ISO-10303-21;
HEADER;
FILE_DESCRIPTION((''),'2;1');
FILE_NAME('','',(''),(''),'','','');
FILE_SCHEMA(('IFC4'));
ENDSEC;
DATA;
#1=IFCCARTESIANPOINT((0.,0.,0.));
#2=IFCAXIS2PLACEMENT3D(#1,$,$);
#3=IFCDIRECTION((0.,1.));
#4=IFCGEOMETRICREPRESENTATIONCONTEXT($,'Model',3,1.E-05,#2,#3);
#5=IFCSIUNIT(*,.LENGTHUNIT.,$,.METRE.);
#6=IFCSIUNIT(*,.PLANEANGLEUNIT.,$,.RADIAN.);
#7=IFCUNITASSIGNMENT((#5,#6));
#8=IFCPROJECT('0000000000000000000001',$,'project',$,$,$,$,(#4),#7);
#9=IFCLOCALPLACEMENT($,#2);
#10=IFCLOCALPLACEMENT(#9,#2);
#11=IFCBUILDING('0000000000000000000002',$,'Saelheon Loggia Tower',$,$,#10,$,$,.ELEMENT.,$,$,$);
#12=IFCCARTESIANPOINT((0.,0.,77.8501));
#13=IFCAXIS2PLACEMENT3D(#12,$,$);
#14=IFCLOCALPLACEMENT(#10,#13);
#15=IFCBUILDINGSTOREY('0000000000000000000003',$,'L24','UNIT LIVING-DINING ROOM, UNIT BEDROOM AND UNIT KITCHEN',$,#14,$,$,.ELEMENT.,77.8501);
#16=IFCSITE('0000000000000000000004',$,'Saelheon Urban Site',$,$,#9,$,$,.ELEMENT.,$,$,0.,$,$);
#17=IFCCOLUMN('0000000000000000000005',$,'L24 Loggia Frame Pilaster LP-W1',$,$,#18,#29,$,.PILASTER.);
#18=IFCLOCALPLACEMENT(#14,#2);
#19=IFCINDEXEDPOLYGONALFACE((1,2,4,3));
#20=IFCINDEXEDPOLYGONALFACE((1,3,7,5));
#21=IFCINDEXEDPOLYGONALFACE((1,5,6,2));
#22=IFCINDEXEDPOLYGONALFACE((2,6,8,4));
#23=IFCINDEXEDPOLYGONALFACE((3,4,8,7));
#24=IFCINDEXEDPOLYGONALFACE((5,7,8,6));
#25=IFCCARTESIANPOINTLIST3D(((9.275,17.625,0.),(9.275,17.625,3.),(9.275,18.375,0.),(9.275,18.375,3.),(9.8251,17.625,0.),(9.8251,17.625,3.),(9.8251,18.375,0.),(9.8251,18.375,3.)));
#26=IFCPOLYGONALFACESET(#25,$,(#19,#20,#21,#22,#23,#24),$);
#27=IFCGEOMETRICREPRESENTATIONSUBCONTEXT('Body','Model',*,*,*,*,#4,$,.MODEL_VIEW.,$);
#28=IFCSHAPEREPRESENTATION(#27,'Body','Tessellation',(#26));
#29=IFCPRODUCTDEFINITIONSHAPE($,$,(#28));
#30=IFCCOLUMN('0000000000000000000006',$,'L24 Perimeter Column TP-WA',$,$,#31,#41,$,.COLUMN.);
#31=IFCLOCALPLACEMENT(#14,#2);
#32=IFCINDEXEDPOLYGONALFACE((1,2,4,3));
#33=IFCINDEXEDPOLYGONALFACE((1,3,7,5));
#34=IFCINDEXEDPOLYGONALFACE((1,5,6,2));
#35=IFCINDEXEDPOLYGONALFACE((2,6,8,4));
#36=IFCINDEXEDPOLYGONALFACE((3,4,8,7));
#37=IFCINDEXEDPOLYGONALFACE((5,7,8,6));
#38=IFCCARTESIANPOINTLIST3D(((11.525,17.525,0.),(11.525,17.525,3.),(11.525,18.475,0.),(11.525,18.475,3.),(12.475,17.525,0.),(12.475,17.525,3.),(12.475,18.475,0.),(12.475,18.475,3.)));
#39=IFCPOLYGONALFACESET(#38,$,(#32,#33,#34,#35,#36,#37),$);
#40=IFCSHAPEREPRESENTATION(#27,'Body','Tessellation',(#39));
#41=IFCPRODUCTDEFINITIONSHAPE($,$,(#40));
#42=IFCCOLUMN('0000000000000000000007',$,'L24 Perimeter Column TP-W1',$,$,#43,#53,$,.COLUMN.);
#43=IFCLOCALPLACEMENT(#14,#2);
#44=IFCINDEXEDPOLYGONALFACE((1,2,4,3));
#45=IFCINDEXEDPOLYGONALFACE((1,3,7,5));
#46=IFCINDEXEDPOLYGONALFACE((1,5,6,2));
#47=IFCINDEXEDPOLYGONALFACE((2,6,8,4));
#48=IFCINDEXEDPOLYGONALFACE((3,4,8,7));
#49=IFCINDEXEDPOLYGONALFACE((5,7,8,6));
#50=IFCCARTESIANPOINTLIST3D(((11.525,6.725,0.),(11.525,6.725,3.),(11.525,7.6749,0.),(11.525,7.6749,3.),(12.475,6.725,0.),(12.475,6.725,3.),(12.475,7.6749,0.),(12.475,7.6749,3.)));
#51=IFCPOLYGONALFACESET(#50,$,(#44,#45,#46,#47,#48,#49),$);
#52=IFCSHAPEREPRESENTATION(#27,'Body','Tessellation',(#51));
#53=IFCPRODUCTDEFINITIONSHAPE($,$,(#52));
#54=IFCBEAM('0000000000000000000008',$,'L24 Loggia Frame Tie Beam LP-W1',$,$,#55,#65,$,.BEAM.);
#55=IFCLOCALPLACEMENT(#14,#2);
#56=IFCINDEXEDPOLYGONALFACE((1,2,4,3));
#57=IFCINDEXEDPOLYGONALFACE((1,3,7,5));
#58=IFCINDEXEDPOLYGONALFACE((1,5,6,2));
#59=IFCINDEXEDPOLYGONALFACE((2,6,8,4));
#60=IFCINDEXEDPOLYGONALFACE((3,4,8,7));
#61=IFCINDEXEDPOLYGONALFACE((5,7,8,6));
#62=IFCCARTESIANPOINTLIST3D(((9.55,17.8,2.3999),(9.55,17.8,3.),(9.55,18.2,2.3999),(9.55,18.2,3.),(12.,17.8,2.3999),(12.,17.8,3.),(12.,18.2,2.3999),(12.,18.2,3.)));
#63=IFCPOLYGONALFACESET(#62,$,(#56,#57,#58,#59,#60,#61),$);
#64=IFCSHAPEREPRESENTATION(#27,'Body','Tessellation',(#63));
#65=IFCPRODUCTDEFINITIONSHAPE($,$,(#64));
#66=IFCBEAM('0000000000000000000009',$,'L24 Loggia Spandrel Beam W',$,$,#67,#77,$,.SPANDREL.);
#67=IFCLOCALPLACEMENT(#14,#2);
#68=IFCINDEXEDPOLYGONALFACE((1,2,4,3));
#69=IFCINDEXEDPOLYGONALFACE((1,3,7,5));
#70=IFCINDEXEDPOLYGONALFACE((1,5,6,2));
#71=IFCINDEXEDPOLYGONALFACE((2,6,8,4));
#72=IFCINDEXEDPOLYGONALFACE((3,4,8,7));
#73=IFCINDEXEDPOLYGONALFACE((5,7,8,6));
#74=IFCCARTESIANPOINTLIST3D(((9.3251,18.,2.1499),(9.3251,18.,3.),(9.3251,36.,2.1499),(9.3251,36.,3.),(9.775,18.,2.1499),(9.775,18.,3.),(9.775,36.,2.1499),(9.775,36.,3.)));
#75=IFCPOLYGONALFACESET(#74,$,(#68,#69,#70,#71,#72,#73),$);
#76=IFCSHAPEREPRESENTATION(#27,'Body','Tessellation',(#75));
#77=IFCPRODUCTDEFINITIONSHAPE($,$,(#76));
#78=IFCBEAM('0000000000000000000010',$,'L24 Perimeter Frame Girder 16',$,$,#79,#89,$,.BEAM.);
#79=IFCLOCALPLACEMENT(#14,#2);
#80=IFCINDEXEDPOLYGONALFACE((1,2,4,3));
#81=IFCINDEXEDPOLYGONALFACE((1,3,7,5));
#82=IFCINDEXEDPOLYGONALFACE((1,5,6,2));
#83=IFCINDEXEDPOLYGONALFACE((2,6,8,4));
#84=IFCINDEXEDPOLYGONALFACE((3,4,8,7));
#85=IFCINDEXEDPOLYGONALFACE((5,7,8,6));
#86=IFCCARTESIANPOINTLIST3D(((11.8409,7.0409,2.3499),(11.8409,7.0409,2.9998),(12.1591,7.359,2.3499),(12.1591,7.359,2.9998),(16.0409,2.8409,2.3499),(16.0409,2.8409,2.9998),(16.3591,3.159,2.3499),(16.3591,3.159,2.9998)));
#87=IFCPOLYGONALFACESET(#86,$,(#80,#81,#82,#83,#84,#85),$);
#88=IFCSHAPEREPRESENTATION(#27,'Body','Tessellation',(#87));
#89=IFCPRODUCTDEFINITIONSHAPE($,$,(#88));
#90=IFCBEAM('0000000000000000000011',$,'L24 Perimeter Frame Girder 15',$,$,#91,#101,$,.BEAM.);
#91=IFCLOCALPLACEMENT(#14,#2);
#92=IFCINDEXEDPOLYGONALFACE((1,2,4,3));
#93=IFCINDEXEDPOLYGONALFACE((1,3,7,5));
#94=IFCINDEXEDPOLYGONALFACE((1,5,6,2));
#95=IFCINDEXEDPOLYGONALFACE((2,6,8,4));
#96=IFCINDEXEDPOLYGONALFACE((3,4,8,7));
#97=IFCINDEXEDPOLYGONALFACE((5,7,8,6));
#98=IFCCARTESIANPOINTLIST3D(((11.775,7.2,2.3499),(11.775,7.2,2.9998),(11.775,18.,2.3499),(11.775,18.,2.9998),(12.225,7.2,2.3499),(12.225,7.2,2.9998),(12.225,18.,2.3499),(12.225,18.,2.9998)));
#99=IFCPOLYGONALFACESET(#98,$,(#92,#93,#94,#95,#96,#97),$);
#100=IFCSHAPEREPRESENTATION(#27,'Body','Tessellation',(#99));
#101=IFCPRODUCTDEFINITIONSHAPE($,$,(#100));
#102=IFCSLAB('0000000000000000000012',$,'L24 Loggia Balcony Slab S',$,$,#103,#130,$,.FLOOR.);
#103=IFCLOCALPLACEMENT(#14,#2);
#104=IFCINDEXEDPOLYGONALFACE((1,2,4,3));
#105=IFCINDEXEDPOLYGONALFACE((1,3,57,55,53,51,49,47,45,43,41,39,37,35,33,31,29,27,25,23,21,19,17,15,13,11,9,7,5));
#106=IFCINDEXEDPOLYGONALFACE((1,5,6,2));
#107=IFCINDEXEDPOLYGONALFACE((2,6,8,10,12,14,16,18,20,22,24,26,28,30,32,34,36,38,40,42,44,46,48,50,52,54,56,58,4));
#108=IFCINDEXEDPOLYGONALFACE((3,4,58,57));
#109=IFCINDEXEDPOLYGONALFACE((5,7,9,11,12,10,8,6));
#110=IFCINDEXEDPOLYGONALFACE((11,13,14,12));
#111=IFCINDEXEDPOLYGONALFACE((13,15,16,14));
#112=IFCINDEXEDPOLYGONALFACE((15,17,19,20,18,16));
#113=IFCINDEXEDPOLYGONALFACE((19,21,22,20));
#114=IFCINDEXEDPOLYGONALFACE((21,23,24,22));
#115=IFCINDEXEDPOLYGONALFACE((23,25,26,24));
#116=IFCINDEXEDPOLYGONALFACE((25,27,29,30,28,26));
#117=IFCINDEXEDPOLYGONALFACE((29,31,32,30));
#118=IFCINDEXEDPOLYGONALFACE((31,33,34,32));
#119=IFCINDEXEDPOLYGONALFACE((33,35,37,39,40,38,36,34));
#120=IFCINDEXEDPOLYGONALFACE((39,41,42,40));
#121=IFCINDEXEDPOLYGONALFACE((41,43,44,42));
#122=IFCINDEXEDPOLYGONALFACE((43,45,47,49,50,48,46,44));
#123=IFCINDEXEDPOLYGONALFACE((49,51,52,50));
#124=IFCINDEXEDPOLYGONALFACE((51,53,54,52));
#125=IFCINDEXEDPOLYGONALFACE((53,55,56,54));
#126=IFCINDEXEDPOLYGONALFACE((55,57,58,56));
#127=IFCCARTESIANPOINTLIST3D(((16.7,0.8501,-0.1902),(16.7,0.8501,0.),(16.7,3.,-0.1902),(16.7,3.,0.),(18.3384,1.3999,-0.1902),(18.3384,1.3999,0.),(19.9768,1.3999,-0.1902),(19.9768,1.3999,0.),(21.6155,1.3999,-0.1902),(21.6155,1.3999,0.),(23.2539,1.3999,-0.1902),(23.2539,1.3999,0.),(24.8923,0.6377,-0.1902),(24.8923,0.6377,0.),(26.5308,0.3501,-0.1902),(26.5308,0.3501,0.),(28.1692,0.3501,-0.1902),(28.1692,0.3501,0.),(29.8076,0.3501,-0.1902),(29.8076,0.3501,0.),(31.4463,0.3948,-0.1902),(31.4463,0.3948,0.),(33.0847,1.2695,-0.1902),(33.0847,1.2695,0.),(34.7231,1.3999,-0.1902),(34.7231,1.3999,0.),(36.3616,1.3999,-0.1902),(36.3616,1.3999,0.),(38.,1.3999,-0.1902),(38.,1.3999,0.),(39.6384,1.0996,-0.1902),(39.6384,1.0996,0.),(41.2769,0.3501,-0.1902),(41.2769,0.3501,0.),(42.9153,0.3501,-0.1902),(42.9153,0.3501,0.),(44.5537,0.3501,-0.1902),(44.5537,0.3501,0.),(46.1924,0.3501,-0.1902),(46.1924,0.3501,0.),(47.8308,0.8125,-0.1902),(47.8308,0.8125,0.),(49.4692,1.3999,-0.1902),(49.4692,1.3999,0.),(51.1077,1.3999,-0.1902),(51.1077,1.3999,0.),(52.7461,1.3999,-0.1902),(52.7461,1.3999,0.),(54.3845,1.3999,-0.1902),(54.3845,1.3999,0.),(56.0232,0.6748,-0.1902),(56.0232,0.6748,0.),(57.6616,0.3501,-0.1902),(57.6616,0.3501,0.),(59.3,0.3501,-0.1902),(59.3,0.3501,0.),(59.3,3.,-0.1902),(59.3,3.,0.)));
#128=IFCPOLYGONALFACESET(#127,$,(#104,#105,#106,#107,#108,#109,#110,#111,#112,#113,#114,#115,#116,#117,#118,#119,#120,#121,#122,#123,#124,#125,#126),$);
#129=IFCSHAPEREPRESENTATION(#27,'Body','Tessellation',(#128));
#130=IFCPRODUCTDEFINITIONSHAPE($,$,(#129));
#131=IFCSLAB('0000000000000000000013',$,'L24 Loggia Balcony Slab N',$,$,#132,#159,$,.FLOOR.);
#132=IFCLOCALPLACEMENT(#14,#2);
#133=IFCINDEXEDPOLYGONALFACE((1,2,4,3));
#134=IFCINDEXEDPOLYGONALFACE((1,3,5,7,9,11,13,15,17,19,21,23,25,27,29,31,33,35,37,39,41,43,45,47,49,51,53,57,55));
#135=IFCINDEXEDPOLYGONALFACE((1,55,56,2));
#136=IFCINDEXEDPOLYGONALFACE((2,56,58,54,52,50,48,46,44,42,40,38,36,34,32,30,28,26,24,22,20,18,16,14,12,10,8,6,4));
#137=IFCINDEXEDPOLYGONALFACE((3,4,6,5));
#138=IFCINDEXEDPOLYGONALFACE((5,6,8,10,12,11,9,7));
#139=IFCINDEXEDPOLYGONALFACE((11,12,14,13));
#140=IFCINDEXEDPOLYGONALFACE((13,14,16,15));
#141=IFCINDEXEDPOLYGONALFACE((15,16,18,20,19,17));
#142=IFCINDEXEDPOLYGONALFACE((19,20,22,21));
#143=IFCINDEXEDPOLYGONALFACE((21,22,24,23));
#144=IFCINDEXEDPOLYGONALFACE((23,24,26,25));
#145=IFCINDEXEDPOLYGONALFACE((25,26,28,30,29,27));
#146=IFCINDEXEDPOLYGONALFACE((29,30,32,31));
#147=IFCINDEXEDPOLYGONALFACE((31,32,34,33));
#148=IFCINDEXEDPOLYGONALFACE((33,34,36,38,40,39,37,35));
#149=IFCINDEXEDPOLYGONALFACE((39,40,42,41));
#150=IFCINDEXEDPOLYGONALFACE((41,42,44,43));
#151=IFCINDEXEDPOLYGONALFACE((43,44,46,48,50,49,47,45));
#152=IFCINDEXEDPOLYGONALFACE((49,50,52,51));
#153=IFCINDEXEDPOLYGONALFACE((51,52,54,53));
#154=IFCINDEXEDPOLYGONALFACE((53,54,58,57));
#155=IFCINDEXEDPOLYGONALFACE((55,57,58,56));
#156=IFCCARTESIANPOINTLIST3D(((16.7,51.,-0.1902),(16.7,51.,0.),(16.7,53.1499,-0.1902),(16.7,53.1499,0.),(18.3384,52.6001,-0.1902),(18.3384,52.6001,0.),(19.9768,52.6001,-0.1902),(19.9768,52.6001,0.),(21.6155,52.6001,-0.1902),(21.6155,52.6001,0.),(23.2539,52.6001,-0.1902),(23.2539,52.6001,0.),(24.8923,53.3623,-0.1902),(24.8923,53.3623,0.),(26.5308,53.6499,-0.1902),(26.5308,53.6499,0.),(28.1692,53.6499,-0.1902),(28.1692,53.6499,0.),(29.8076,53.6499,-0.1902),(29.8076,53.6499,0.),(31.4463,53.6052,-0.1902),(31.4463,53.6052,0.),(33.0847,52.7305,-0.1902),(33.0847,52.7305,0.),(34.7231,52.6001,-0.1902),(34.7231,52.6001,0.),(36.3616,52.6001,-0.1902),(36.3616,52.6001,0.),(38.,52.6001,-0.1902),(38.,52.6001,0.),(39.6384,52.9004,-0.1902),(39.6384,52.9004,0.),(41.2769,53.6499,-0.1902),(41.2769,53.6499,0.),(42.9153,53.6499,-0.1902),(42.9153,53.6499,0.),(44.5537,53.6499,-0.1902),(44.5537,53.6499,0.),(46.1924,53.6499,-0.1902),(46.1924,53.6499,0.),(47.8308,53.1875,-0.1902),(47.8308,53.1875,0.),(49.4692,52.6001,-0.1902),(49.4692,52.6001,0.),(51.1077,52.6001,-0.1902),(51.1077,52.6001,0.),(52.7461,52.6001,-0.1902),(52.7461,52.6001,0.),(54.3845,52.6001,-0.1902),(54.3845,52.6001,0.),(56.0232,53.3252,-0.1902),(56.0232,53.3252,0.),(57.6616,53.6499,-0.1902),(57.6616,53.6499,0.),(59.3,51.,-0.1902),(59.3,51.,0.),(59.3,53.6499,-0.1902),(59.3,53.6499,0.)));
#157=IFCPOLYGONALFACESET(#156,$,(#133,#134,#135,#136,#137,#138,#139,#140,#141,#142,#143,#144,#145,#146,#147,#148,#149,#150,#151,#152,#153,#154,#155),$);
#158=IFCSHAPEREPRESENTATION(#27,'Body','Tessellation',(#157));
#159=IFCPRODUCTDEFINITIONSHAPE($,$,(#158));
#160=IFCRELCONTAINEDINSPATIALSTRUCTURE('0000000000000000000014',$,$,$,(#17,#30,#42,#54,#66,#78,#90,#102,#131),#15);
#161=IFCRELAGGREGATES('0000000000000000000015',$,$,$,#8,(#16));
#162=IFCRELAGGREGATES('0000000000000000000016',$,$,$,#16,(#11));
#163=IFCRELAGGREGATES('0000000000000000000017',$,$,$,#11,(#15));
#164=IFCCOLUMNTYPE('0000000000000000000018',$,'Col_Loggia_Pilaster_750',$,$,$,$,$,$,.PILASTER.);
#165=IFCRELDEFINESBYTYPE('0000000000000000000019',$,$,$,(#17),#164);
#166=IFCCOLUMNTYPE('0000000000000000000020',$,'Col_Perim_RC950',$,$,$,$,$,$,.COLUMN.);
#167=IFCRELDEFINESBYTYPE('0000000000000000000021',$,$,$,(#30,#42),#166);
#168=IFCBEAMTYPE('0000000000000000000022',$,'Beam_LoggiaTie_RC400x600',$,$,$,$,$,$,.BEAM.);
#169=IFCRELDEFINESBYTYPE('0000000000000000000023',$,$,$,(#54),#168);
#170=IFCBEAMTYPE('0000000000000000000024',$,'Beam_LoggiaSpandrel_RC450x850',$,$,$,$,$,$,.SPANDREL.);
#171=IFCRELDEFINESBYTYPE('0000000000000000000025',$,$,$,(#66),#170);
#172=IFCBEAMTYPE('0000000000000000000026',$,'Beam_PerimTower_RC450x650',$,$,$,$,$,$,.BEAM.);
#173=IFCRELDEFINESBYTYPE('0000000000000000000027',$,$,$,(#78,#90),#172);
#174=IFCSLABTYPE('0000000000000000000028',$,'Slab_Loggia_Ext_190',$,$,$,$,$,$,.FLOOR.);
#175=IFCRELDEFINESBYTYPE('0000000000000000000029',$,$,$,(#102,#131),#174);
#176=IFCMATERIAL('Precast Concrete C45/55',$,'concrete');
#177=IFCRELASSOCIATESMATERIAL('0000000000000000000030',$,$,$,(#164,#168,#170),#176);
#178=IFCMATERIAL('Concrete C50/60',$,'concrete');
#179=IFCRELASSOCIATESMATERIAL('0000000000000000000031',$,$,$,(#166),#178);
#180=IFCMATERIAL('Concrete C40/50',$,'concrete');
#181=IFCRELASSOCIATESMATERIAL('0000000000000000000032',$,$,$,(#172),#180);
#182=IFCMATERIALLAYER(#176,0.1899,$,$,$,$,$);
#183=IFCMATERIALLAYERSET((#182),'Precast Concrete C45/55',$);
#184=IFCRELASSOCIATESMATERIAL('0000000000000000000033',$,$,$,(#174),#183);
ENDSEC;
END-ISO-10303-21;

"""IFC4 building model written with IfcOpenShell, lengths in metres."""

from ifc_helpers import new_model, si_unit, direction, frame, origin, origin_2d, place, context, subcontext, project, spatial, polyline, rectangle, outline, extrude, source, transform, mapped, material, layer, layer_set, material_profile, profile_set, type_object, element, save


model = new_model("IFC4")

# Units and contexts
model_context = context("Model", 3, precision=1e-05, world=origin(), true_north=direction((0.0, 1.0)))
body_context = subcontext(model_context, "Body", "Model", "MODEL_VIEW")
ifc_project = project(units=[si_unit("LENGTHUNIT", "METRE"), si_unit("PLANEANGLEUNIT", "RADIAN")], contexts=[model_context])

# Site, building, storey
site_placement = place(None, origin())
site = spatial("IfcSite", under=ifc_project, at=site_placement, Name="Saelheon Urban Site", CompositionType="ELEMENT", RefElevation=0.0)
building_placement = place(site_placement, origin())
building = spatial("IfcBuilding", under=site, at=building_placement, Name="Saelheon Loggia Tower", CompositionType="ELEMENT")
storey_placement = place(building_placement, frame((0.0, 0.0, 77.8501)))
storey = spatial("IfcBuildingStorey", under=building, at=storey_placement, Name="L24", Description="UNIT LIVING-DINING ROOM, UNIT BEDROOM AND UNIT KITCHEN", CompositionType="ELEMENT", Elevation=77.8501)

# Columns
ifc_material_1 = material(Name="Precast Concrete C45/55", Category="concrete")
ifc_material_profile_1 = material_profile(ifc_material_1, rectangle(XDim=0.55, YDim=0.75, at=origin_2d()), Name="RC-550x750")
ifc_profile_set_1 = profile_set([ifc_material_profile_1], Name="Precast Concrete C45/55")
column_type_1 = type_object("IfcColumnType", Name="Col_Loggia_Pilaster_750", PredefinedType="PILASTER", material=ifc_profile_set_1)
shared_shape_1 = source(origin(), body_context, "Body", "SweptSolid", [
    extrude(rectangle(XDim=0.55, YDim=0.75, at=origin_2d()), origin(), (0.0, 0.0, 1.0), 3.0),
])
column_placement = place(storey_placement, frame((9.55, 18.0, 0.0), z_axis=(0.0, 0.0, 1.0), x_axis=(1.0, 0.0, 0.0)))
element("IfcColumn", 1, at=column_placement, inside=storey, type_object=column_type_1, Name="L24 Loggia Frame Pilaster LP-W1", PredefinedType="PILASTER", context=body_context, shape_type="MappedRepresentation", body=[
    mapped(shared_shape_1, transform((0.0, 0.0, 0.0), scale=1.0)),
])
ifc_material_2 = material(Name="Concrete C50/60", Category="concrete")
ifc_material_profile_2 = material_profile(ifc_material_2, rectangle(XDim=0.95, YDim=0.95, at=origin_2d()), Name="RC-950x950")
ifc_profile_set_2 = profile_set([ifc_material_profile_2], Name="Concrete C50/60")
column_type_2 = type_object("IfcColumnType", Name="Col_Perim_RC950", PredefinedType="COLUMN", material=ifc_profile_set_2)
shared_shape_2 = source(origin(), body_context, "Body", "SweptSolid", [
    extrude(rectangle(XDim=0.95, YDim=0.95, at=origin_2d()), origin(), (0.0, 0.0, 1.0), 3.0),
])
for number, where, z_axis, x_axis, name in (
    (2, (12.0, 18.0, 0.0), (0.0, 0.0, 1.0), (1.0, 0.0, 0.0), "L24 Perimeter Column TP-WA"),
    (3, (12.0, 7.2, 0.0), (0.0, 0.0, 1.0), (1.0, 0.0, 0.0), "L24 Perimeter Column TP-W1"),
):
    element("IfcColumn", number, at=place(storey_placement, frame(where, z_axis=z_axis, x_axis=x_axis)), inside=storey, type_object=column_type_2, Name=name, PredefinedType="COLUMN", context=body_context, shape_type="MappedRepresentation", body=[
        mapped(shared_shape_2, transform((0.0, 0.0, 0.0), scale=1.0)),
    ])

# Beams
ifc_material_profile_3 = material_profile(ifc_material_1, rectangle(XDim=0.3999, YDim=0.6001, at=origin_2d()), Name="RC-400x600")
ifc_profile_set_3 = profile_set([ifc_material_profile_3], Name="Precast Concrete C45/55")
beam_type_1 = type_object("IfcBeamType", Name="Beam_LoggiaTie_RC400x600", PredefinedType="BEAM", material=ifc_profile_set_3)
shared_shape_3 = source(origin(), body_context, "Body", "SweptSolid", [
    extrude(rectangle(XDim=0.3999, YDim=0.6001, at=origin_2d()), origin(), (0.0, 0.0, 1.0), 2.45),
])
beam_1_placement = place(storey_placement, frame((12.0, 18.0, 2.7), z_axis=(-1.0, 0.0, 0.0), x_axis=(0.0, -1.0, 0.0)))
element("IfcBeam", 4, at=beam_1_placement, inside=storey, type_object=beam_type_1, Name="L24 Loggia Frame Tie Beam LP-W1", PredefinedType="BEAM", context=body_context, shape_type="MappedRepresentation", body=[
    mapped(shared_shape_3, transform((0.0, 0.0, 0.0), scale=1.0)),
])
ifc_material_profile_4 = material_profile(ifc_material_1, rectangle(XDim=0.45, YDim=0.8501, at=origin_2d()), Name="RC-450x850")
ifc_profile_set_4 = profile_set([ifc_material_profile_4], Name="Precast Concrete C45/55")
beam_type_2 = type_object("IfcBeamType", Name="Beam_LoggiaSpandrel_RC450x850", PredefinedType="SPANDREL", material=ifc_profile_set_4)
shared_shape_4 = source(origin(), body_context, "Body", "SweptSolid", [
    extrude(rectangle(XDim=0.45, YDim=0.8501, at=origin_2d()), origin(), (0.0, 0.0, 1.0), 18.0),
])
beam_2_placement = place(storey_placement, frame((9.55, 18.0, 2.575), z_axis=(0.0, 1.0, 0.0), x_axis=(-1.0, 0.0, 0.0)))
element("IfcBeam", 5, at=beam_2_placement, inside=storey, type_object=beam_type_2, Name="L24 Loggia Spandrel Beam W", PredefinedType="SPANDREL", context=body_context, shape_type="MappedRepresentation", body=[
    mapped(shared_shape_4, transform((0.0, 0.0, 0.0), scale=1.0)),
])
ifc_material_3 = material(Name="Concrete C40/50", Category="concrete")
ifc_material_profile_5 = material_profile(ifc_material_3, rectangle(XDim=0.45, YDim=0.6499, at=origin_2d()), Name="RC-450x650")
ifc_profile_set_5 = profile_set([ifc_material_profile_5], Name="Concrete C40/50")
beam_type_3 = type_object("IfcBeamType", Name="Beam_PerimTower_RC450x650", PredefinedType="BEAM", material=ifc_profile_set_5)
shared_shape_5 = source(origin(), body_context, "Body", "SweptSolid", [
    extrude(rectangle(XDim=0.45, YDim=0.6499, at=origin_2d()), origin(), (0.0, 0.0, 1.0), 5.9397),
])
beam_3_placement = place(storey_placement, frame((12.0, 7.2, 2.6748), z_axis=(0.707107, -0.707107, 0.0), x_axis=(0.707107, 0.707107, 0.0)))
element("IfcBeam", 6, at=beam_3_placement, inside=storey, type_object=beam_type_3, Name="L24 Perimeter Frame Girder 16", PredefinedType="BEAM", context=body_context, shape_type="MappedRepresentation", body=[
    mapped(shared_shape_5, transform((0.0, 0.0, 0.0), scale=1.0)),
])
shared_shape_6 = source(origin(), body_context, "Body", "SweptSolid", [
    extrude(rectangle(XDim=0.45, YDim=0.6499, at=origin_2d()), origin(), (0.0, 0.0, 1.0), 10.8),
])
beam_4_placement = place(storey_placement, frame((12.0, 18.0, 2.6748), z_axis=(0.0, -1.0, 0.0), x_axis=(1.0, 0.0, 0.0)))
element("IfcBeam", 7, at=beam_4_placement, inside=storey, type_object=beam_type_3, Name="L24 Perimeter Frame Girder 15", PredefinedType="BEAM", context=body_context, shape_type="MappedRepresentation", body=[
    mapped(shared_shape_6, transform((0.0, 0.0, 0.0), scale=1.0)),
])

# Slabs
ifc_layer_1 = layer(ifc_material_1, 0.1899)
ifc_layer_set_1 = layer_set([ifc_layer_1], Name="Precast Concrete C45/55")
slab_type_1 = type_object("IfcSlabType", Name="Slab_Loggia_Ext_190", PredefinedType="FLOOR", material=ifc_layer_set_1)
slab_1_placement = place(storey_placement, frame((0.0, 0.0, -0.1902)))
element("IfcSlab", 8, at=slab_1_placement, inside=storey, type_object=slab_type_1, Name="L24 Loggia Balcony Slab S", PredefinedType="FLOOR", context=body_context, shape_type="SweptSolid", body=[
    extrude(outline(polyline([(16.7, 0.8501), (18.3384, 1.3999), (19.9768, 1.3999), (21.6155, 1.3999), (23.2539, 1.3999), (24.8923, 0.6377), (26.5308, 0.3501), (28.1692, 0.3501), (29.8076, 0.3501), (31.4463, 0.3948), (33.0847, 1.2695), (34.7231, 1.3999), (36.3616, 1.3999), (38.0, 1.3999), (39.6384, 1.0996), (41.2769, 0.3501), (42.9153, 0.3501), (44.5537, 0.3501), (46.1924, 0.3501), (47.8308, 0.8125), (49.4692, 1.3999), (51.1077, 1.3999), (52.7461, 1.3999), (54.3845, 1.3999), (56.0232, 0.6748), (57.6616, 0.3501), (59.3, 0.3501), (59.3, 3.0), (16.7, 3.0), (16.7, 0.8501)])), origin(), (0.0, 0.0, 1.0), 0.1902),
])
slab_2_placement = place(storey_placement, frame((0.0, 0.0, -0.1902)))
element("IfcSlab", 9, at=slab_2_placement, inside=storey, type_object=slab_type_1, Name="L24 Loggia Balcony Slab N", PredefinedType="FLOOR", context=body_context, shape_type="SweptSolid", body=[
    extrude(outline(polyline([(16.7, 51.0), (59.3, 51.0), (59.3, 53.6499), (57.6616, 53.6499), (56.0232, 53.3252), (54.3845, 52.6001), (52.7461, 52.6001), (51.1077, 52.6001), (49.4692, 52.6001), (47.8308, 53.1875), (46.1924, 53.6499), (44.5537, 53.6499), (42.9153, 53.6499), (41.2769, 53.6499), (39.6384, 52.9004), (38.0, 52.6001), (36.3616, 52.6001), (34.7231, 52.6001), (33.0847, 52.7305), (31.4463, 53.6052), (29.8076, 53.6499), (28.1692, 53.6499), (26.5308, 53.6499), (24.8923, 53.3623), (23.2539, 52.6001), (21.6155, 52.6001), (19.9768, 52.6001), (18.3384, 52.6001), (16.7, 53.1499), (16.7, 51.0)])), origin(), (0.0, 0.0, 1.0), 0.1902),
])

save(model, "model.ifc")
